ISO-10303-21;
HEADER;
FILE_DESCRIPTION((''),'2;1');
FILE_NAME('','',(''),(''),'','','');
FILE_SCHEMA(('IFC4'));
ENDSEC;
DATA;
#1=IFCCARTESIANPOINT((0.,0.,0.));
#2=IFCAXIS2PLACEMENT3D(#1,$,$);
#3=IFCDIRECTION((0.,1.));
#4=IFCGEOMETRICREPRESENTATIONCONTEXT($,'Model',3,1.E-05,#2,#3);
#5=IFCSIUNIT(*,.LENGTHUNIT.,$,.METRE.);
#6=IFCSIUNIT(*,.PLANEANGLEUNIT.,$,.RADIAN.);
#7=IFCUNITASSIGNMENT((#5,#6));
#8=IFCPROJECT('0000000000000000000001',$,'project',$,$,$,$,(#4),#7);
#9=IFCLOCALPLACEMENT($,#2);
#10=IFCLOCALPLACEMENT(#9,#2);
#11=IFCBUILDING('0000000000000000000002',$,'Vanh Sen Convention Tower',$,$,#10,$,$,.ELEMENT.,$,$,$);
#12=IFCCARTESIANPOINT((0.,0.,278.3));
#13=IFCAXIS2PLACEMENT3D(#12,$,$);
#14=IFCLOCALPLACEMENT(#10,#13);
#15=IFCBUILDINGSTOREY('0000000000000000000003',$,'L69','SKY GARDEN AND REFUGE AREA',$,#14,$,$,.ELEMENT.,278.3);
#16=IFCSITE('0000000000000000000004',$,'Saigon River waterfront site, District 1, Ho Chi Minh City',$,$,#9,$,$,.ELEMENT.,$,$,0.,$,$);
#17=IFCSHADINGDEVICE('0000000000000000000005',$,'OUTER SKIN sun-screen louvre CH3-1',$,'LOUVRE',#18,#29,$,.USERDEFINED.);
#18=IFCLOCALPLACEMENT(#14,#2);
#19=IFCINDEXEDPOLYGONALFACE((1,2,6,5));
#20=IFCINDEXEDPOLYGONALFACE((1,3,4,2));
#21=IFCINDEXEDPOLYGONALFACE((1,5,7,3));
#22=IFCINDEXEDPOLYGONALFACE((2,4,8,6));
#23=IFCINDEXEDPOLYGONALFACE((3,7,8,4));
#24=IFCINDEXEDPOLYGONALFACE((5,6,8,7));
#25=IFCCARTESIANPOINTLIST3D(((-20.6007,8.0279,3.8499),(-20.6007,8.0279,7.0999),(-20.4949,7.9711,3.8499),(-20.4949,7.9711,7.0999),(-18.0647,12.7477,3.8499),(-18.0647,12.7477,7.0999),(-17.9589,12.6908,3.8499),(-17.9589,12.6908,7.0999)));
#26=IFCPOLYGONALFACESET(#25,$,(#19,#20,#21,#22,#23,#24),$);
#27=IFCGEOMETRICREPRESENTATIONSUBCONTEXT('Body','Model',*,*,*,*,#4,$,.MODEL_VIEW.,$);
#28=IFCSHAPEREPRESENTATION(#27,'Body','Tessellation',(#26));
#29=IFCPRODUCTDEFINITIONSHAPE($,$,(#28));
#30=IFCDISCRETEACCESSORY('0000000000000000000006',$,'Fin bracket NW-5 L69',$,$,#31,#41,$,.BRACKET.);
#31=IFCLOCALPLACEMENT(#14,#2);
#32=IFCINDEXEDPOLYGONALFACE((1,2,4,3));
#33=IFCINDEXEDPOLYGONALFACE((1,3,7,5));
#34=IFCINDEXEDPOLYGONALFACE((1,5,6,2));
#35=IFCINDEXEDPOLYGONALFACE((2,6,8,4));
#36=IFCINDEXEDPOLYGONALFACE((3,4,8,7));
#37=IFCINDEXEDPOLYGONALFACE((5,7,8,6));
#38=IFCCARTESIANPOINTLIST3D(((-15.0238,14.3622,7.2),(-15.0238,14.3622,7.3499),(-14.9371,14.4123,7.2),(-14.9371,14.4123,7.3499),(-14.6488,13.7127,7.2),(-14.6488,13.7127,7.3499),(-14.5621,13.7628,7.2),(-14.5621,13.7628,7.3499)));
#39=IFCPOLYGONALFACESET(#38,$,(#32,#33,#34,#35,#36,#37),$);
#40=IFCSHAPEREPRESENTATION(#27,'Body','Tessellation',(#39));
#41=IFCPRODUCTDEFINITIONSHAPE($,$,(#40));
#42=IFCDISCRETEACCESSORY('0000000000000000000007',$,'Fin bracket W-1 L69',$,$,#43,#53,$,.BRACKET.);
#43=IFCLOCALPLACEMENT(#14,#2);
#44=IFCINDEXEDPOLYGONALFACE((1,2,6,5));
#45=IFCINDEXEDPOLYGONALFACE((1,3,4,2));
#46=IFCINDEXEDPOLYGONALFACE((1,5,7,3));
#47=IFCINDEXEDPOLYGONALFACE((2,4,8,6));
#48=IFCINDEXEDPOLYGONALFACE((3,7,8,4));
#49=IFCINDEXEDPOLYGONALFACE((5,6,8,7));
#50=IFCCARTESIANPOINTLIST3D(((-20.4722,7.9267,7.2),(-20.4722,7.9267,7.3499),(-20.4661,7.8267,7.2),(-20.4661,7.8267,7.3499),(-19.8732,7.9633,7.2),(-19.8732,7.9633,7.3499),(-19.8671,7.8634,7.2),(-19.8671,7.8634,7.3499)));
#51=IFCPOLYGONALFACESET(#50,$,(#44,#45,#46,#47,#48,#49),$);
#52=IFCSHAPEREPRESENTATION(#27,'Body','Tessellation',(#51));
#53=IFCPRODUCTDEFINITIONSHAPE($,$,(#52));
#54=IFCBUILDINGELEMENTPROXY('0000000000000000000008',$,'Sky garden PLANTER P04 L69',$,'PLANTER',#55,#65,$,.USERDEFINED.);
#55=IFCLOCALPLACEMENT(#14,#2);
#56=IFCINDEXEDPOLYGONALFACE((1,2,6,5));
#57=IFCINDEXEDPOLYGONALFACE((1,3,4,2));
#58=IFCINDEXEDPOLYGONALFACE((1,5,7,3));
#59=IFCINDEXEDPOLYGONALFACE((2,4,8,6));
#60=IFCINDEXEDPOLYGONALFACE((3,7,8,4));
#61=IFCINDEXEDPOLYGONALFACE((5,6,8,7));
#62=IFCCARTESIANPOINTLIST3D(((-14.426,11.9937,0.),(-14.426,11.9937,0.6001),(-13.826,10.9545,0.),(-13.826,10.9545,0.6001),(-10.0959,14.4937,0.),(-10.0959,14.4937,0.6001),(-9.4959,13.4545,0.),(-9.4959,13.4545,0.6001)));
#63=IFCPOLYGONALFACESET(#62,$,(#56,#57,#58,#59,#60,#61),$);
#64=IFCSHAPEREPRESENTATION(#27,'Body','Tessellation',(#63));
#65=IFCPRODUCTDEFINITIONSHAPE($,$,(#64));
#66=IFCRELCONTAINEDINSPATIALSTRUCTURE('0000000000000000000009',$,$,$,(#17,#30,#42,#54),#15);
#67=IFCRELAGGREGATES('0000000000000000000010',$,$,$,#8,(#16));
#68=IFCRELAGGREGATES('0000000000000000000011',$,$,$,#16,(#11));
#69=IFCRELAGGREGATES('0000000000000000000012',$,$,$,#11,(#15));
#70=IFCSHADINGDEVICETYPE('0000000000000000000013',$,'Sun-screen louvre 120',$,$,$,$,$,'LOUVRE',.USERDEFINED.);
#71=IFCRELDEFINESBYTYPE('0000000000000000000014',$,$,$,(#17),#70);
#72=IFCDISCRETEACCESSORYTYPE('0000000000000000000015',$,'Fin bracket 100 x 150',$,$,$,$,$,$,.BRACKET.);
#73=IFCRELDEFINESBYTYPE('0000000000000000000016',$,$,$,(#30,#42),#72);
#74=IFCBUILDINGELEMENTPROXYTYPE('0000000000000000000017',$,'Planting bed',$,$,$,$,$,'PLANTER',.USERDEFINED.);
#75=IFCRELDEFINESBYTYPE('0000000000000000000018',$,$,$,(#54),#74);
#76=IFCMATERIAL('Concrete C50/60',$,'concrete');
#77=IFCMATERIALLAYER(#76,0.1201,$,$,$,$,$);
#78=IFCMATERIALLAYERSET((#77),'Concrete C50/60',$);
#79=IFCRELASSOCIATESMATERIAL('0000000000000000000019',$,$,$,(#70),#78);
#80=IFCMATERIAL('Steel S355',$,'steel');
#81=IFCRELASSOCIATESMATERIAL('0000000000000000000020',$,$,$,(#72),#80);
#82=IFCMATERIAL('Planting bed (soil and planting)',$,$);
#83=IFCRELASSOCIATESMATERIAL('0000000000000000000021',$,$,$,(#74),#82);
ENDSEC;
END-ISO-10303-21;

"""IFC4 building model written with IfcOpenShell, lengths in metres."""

from ifc_helpers import new_model, si_unit, direction, frame, origin, origin_2d, place, context, subcontext, project, spatial, rectangle, extrude, material, layer, layer_set, type_object, element, save


model = new_model("IFC4")

# Units and contexts
model_context = context("Model", 3, precision=1e-05, world=origin(), true_north=direction((0.0, 1.0)))
body_context = subcontext(model_context, "Body", "Model", "MODEL_VIEW")
ifc_project = project(units=[si_unit("LENGTHUNIT", "METRE"), si_unit("PLANEANGLEUNIT", "RADIAN")], contexts=[model_context])

# Site, building, storey
site_placement = place(None, origin())
site = spatial("IfcSite", under=ifc_project, at=site_placement, Name="Saigon River waterfront site, District 1, Ho Chi Minh City", CompositionType="ELEMENT", RefElevation=0.0)
building_placement = place(site_placement, origin())
building = spatial("IfcBuilding", under=site, at=building_placement, Name="Vanh Sen Convention Tower", CompositionType="ELEMENT")
storey_placement = place(building_placement, frame((0.0, 0.0, 278.3)))
storey = spatial("IfcBuildingStorey", under=building, at=storey_placement, Name="L69", Description="SKY GARDEN AND REFUGE AREA", CompositionType="ELEMENT", Elevation=278.3)

# Shading device
ifc_material_1 = material(Name="Concrete C50/60", Category="concrete")
ifc_layer_1 = layer(ifc_material_1, 0.1201)
ifc_layer_set_1 = layer_set([ifc_layer_1], Name="Concrete C50/60")
shading_device_type = type_object("IfcShadingDeviceType", Name="Sun-screen louvre 120", ElementType="LOUVRE", PredefinedType="USERDEFINED", material=ifc_layer_set_1)
shading_device_1_placement = place(storey_placement, frame((-19.2798, 10.3594, 3.8499), z_axis=(0.0, 0.0, 1.0), x_axis=(-0.473324, -0.880888, 0.0)))
element("IfcShadingDevice", 1, at=shading_device_1_placement, inside=storey, type_object=shading_device_type, Name="OUTER SKIN sun-screen louvre CH3-1", ObjectType="LOUVRE", PredefinedType="USERDEFINED", context=body_context, shape_type="SweptSolid", body=[
    extrude(rectangle(XDim=5.3579, YDim=0.1201, at=origin_2d()), origin(), (0.0, 0.0, 1.0), 3.25),
])

# Discrete accessories
ifc_material_2 = material(Name="Steel S355", Category="steel")
discrete_accessory_type = type_object("IfcDiscreteAccessoryType", Name="Fin bracket 100 x 150", PredefinedType="BRACKET", material=ifc_material_2)
discrete_accessory_1_placement = place(storey_placement, frame((-14.793, 14.0625, 7.2), z_axis=(0.0, 0.0, 1.0), x_axis=(-0.5, 0.866025, 0.0)))
element("IfcDiscreteAccessory", 2, at=discrete_accessory_1_placement, inside=storey, type_object=discrete_accessory_type, Name="Fin bracket NW-5 L69", PredefinedType="BRACKET", context=body_context, shape_type="SweptSolid", body=[
    extrude(rectangle(XDim=0.75, YDim=0.1001, at=origin_2d()), origin(), (0.0, 0.0, 1.0), 0.1499),
])
discrete_accessory_2_placement = place(storey_placement, frame((-20.1697, 7.895, 7.2), z_axis=(0.0, 0.0, 1.0), x_axis=(-0.998135, -0.061049, 0.0)))
element("IfcDiscreteAccessory", 3, at=discrete_accessory_2_placement, inside=storey, type_object=discrete_accessory_type, Name="Fin bracket W-1 L69", PredefinedType="BRACKET", context=body_context, shape_type="SweptSolid", body=[
    extrude(rectangle(XDim=0.6001, YDim=0.1001, at=origin_2d()), origin(), (0.0, 0.0, 1.0), 0.1499),
])

# Building element proxy
ifc_material_3 = material(Name="Planting bed (soil and planting)")
building_element_proxy_type = type_object("IfcBuildingElementProxyType", Name="Planting bed", ElementType="PLANTER", PredefinedType="USERDEFINED", material=ifc_material_3)
proxy_placement = place(storey_placement, frame((-11.9609, 12.7241, 0.0), z_axis=(0.0, 0.0, 1.0), x_axis=(-0.866024, -0.500003, 0.0)))
element("IfcBuildingElementProxy", 4, at=proxy_placement, inside=storey, type_object=building_element_proxy_type, Name="Sky garden PLANTER P04 L69", ObjectType="PLANTER", PredefinedType="USERDEFINED", context=body_context, shape_type="SweptSolid", body=[
    extrude(rectangle(XDim=5.0, YDim=1.2, at=origin_2d()), origin(), (0.0, 0.0, 1.0), 0.6001),
])

save(model, "model.ifc")
